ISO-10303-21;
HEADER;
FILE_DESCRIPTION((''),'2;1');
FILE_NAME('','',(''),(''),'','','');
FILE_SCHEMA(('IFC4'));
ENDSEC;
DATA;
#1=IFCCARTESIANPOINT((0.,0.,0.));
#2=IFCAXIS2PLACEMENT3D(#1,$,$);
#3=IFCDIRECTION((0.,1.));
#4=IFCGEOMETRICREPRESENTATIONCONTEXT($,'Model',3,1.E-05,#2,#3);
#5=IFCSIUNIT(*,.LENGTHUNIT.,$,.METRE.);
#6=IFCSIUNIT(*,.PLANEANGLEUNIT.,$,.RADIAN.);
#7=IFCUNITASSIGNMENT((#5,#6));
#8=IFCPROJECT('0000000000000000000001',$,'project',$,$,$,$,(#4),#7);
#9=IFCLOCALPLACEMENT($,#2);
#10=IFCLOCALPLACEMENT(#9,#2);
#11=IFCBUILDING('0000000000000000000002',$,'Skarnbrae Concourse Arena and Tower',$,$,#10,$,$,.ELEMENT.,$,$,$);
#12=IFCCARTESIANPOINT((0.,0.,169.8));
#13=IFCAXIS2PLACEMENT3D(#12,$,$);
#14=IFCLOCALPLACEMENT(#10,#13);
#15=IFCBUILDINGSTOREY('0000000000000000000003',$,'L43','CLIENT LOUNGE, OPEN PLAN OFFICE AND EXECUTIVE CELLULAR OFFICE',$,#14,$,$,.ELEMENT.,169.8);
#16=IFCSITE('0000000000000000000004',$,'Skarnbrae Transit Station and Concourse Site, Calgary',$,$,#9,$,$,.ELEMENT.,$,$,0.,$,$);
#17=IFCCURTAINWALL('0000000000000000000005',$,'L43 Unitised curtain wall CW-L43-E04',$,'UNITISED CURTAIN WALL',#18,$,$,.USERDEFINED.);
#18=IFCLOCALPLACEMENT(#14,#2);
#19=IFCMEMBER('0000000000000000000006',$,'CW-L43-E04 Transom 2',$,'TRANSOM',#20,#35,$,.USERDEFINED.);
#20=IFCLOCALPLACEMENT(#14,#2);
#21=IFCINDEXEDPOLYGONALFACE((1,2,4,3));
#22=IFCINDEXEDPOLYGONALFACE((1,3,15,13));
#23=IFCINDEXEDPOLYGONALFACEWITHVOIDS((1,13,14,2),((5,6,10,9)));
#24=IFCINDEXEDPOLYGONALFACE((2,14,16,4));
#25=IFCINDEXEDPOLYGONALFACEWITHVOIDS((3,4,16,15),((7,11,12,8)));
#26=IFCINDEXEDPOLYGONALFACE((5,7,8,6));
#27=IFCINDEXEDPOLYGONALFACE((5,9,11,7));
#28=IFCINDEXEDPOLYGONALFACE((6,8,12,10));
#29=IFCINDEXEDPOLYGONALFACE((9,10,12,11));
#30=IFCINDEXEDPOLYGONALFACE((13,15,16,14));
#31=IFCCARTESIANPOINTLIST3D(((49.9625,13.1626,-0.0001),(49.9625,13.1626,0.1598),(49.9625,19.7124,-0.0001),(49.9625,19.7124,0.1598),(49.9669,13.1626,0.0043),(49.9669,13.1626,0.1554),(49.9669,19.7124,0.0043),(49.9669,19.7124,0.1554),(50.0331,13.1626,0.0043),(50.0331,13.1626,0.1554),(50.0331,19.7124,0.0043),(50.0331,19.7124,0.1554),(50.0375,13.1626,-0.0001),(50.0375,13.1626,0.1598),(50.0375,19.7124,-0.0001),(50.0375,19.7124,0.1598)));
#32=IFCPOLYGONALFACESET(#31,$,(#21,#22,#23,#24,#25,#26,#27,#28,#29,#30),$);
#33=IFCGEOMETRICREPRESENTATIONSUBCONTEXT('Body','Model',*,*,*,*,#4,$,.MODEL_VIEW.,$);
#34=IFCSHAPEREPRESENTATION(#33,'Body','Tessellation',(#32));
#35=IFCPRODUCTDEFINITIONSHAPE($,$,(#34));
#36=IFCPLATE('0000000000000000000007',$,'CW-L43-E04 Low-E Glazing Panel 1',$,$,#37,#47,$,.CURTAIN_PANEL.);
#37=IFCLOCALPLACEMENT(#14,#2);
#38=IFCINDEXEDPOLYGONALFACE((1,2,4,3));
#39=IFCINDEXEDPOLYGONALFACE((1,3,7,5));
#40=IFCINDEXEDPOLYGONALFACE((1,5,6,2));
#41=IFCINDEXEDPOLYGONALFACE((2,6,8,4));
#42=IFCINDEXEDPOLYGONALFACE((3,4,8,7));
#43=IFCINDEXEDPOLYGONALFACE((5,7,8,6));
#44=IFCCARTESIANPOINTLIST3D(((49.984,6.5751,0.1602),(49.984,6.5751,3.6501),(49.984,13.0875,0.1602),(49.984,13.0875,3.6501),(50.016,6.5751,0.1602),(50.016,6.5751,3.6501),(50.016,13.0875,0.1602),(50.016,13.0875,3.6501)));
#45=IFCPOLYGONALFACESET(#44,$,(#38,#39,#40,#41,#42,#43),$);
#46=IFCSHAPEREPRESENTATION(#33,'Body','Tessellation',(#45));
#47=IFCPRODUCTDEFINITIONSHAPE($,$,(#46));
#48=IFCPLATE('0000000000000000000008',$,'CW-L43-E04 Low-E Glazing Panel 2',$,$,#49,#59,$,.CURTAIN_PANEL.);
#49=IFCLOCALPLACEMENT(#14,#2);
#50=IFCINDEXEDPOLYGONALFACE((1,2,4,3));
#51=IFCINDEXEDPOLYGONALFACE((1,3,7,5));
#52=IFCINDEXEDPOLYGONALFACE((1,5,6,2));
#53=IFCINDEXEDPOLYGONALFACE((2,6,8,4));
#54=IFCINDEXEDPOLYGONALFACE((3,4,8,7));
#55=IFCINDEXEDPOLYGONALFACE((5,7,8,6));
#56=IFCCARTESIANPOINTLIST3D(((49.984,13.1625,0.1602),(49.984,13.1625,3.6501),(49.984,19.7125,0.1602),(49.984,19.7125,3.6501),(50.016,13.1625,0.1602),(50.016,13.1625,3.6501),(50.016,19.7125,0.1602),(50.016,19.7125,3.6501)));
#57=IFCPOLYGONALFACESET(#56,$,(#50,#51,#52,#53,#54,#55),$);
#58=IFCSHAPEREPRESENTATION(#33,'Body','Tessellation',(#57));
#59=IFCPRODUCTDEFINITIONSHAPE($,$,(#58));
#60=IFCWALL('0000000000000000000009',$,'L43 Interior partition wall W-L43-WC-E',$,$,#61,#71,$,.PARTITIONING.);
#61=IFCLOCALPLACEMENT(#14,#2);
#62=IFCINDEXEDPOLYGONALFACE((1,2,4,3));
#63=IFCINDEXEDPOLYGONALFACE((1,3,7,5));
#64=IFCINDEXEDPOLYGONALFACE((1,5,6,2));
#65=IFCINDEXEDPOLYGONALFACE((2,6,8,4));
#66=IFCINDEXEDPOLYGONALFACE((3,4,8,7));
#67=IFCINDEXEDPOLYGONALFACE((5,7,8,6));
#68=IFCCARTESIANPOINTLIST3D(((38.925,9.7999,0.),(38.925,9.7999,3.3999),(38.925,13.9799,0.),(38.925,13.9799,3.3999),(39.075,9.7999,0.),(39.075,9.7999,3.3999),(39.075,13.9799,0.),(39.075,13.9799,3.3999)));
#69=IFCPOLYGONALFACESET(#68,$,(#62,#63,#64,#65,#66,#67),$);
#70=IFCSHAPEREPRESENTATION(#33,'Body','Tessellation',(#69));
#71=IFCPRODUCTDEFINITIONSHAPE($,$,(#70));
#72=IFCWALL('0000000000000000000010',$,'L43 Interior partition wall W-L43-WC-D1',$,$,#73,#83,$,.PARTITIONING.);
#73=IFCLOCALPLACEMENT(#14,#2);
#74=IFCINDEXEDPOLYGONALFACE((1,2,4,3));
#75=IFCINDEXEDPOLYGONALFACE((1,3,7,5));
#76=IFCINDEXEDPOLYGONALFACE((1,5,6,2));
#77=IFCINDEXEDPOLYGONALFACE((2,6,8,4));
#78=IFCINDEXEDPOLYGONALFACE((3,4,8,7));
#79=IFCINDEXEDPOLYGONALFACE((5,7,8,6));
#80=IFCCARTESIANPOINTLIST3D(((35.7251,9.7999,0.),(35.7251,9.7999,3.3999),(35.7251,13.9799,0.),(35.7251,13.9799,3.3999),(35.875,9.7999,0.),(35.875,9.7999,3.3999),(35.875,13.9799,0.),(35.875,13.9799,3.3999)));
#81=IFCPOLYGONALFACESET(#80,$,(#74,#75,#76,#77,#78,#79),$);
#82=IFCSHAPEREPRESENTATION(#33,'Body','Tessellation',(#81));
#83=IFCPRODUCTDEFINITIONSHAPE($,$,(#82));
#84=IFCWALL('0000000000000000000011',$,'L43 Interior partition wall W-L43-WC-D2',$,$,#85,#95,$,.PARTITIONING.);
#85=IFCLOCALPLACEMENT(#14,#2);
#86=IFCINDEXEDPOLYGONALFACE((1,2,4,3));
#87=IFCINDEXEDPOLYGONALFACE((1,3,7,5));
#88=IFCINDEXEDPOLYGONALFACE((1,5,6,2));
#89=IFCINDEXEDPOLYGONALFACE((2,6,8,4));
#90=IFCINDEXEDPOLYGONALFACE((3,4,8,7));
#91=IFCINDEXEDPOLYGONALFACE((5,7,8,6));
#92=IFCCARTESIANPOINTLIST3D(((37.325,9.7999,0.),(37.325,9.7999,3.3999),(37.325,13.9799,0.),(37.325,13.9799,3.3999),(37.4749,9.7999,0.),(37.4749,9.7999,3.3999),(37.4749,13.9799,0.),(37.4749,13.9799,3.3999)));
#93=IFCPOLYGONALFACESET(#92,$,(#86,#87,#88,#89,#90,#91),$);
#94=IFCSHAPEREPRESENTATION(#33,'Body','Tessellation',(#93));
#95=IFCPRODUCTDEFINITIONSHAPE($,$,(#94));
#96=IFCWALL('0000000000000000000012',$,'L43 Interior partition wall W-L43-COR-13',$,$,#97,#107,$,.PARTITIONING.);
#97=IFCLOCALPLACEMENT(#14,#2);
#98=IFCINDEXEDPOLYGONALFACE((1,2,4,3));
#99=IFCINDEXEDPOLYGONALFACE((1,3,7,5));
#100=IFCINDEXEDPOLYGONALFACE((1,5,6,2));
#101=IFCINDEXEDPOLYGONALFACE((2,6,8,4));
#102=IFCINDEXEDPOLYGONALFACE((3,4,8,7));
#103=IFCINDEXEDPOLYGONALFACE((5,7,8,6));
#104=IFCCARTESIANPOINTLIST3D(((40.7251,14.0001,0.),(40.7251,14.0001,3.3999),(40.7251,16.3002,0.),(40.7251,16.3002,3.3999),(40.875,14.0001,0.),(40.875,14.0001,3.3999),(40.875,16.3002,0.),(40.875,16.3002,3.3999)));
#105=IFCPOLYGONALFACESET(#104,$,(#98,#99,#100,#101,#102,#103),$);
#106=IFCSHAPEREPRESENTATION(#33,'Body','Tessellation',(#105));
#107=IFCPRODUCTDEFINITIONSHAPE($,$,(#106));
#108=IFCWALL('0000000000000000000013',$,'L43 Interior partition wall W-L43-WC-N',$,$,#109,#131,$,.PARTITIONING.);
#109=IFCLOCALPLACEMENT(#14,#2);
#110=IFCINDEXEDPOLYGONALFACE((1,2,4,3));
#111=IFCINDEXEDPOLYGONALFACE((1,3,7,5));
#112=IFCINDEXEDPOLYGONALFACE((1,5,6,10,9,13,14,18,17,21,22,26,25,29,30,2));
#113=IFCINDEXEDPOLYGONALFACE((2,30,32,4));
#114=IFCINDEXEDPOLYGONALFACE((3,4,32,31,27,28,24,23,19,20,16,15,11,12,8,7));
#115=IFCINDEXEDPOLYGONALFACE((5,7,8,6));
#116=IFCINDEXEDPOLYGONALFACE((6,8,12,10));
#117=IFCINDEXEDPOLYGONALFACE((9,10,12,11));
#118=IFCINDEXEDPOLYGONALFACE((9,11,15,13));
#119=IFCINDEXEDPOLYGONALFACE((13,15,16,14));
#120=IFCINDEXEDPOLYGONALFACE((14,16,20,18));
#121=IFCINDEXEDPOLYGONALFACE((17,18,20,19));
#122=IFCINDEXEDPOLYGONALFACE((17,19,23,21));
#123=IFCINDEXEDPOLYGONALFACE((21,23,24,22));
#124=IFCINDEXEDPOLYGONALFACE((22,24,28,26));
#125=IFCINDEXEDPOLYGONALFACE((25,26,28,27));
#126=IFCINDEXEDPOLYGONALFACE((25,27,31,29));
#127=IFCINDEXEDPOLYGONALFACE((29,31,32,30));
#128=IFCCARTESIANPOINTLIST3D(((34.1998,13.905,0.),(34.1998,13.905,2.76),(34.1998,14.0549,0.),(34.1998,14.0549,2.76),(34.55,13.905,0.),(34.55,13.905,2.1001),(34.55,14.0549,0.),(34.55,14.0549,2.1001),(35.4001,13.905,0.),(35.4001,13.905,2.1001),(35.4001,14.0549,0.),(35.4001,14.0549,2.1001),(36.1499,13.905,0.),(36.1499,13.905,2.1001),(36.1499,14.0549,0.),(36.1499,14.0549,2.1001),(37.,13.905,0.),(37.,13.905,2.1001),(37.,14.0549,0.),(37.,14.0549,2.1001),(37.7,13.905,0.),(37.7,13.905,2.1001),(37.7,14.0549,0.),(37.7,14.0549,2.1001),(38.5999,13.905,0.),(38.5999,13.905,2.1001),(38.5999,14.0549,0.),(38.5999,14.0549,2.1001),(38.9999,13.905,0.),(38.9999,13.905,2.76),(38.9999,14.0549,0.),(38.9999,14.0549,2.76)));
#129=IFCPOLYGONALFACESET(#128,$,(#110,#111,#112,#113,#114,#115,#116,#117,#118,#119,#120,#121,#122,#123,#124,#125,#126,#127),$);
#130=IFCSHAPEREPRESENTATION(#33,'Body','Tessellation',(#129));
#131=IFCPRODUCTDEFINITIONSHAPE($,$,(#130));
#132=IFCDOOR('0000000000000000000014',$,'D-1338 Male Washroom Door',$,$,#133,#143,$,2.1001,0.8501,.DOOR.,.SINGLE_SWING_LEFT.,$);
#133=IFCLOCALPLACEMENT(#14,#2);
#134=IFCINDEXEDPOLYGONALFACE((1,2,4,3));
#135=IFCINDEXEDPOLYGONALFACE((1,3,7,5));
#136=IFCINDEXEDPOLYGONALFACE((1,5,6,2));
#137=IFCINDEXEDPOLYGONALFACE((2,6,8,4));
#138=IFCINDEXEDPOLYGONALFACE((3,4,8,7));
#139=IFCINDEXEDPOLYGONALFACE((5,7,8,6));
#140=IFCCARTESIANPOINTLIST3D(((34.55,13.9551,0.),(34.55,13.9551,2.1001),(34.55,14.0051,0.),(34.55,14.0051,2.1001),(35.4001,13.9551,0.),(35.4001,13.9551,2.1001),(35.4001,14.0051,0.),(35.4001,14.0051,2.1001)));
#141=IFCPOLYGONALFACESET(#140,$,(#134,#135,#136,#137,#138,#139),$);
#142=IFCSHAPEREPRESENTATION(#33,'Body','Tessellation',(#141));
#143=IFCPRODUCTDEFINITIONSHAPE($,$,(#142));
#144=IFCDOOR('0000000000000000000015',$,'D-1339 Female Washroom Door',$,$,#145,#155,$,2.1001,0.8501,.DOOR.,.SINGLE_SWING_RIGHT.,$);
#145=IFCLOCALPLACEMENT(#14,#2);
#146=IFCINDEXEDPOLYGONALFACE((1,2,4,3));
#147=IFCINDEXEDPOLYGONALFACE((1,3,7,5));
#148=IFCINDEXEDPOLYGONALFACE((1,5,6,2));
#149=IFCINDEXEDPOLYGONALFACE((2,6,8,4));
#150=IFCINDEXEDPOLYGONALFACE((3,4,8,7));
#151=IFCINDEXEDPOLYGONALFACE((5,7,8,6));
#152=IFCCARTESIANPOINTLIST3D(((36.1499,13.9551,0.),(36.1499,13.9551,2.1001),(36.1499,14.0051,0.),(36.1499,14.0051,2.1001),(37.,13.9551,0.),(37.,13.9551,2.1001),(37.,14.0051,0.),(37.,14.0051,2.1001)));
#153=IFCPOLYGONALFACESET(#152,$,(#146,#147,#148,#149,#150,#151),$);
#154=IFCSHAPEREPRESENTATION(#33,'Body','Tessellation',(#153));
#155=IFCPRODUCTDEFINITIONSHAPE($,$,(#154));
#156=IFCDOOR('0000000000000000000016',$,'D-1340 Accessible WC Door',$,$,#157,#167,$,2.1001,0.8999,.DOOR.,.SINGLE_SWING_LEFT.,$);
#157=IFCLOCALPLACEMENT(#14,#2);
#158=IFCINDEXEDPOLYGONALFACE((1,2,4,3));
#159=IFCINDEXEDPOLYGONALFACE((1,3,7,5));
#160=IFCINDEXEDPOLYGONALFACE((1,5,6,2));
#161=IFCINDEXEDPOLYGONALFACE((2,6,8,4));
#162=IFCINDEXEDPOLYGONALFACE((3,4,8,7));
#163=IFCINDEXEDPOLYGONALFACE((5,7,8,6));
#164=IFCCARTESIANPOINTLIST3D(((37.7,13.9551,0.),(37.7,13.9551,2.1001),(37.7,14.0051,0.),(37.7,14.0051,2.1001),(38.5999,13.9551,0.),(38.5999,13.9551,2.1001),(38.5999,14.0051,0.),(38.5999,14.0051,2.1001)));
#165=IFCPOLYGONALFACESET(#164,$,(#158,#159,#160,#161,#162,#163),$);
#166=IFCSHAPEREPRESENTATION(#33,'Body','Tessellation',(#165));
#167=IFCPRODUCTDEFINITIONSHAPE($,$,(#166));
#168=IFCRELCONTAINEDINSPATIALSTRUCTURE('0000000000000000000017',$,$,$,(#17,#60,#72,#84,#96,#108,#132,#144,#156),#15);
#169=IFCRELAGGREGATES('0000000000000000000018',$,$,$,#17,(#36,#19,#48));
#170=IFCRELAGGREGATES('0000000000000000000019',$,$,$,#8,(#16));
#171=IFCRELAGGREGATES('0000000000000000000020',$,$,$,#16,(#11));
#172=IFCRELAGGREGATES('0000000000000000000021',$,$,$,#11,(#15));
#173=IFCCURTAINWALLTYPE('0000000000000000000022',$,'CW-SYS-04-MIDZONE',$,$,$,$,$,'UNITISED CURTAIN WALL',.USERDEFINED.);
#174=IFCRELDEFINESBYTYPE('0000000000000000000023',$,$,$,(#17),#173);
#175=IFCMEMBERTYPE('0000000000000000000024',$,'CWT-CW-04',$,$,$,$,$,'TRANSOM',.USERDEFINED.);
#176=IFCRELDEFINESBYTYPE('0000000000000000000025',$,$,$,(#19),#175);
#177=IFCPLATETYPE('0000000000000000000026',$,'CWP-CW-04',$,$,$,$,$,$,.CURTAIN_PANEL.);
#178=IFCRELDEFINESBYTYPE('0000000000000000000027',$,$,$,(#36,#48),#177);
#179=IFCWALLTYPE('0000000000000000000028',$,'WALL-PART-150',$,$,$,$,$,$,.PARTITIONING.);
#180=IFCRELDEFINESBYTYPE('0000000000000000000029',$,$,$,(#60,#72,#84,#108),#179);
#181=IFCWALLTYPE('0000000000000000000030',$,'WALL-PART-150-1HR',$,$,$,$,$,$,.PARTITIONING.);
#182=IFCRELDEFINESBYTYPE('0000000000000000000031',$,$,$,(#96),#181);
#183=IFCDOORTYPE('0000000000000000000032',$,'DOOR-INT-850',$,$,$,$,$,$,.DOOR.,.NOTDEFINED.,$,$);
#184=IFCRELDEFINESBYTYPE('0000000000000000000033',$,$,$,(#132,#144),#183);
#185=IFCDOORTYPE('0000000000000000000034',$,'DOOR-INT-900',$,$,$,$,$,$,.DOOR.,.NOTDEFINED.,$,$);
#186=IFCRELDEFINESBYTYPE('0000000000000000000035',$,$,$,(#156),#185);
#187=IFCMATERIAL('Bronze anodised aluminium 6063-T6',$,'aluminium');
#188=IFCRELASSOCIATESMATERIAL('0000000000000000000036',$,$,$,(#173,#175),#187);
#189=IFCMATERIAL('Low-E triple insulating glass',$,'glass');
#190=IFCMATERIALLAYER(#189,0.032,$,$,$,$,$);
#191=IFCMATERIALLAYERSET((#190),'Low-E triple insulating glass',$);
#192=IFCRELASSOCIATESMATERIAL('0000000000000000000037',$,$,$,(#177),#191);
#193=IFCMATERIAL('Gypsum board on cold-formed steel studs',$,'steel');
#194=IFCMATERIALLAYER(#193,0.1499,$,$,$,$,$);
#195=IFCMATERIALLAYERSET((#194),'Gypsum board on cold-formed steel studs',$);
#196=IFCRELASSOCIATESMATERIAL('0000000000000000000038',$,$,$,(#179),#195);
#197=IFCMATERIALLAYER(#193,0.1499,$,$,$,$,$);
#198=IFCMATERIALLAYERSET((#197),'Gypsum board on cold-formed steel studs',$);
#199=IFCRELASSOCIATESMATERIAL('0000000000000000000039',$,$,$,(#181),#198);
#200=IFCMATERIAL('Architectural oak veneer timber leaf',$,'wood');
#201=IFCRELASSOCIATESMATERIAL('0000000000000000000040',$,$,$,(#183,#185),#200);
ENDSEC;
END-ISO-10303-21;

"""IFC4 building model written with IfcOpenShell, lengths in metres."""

from ifc_helpers import new_model, si_unit, direction, frame, frame_2d, origin, origin_2d, place, context, subcontext, project, spatial, rectangle, hollow_rectangle, extrude, source, transform, mapped, material, layer, layer_set, material_profile, profile_set, type_object, element, fill, aggregate, save


model = new_model("IFC4")

# Units and contexts
model_context = context("Model", 3, precision=1e-05, world=origin(), true_north=direction((0.0, 1.0)))
body_context = subcontext(model_context, "Body", "Model", "MODEL_VIEW")
ifc_project = project(units=[si_unit("LENGTHUNIT", "METRE"), si_unit("PLANEANGLEUNIT", "RADIAN")], contexts=[model_context])

# Site, building, storey
site_placement = place(None, origin())
site = spatial("IfcSite", under=ifc_project, at=site_placement, Name="Skarnbrae Transit Station and Concourse Site, Calgary", CompositionType="ELEMENT", RefElevation=0.0)
building_placement = place(site_placement, origin())
building = spatial("IfcBuilding", under=site, at=building_placement, Name="Skarnbrae Concourse Arena and Tower", CompositionType="ELEMENT")
storey_placement = place(building_placement, frame((0.0, 0.0, 169.8)))
storey = spatial("IfcBuildingStorey", under=building, at=storey_placement, Name="L43", Description="CLIENT LOUNGE, OPEN PLAN OFFICE AND EXECUTIVE CELLULAR OFFICE", CompositionType="ELEMENT", Elevation=169.8)

# Curtain wall, member, plates
ifc_material_1 = material(Name="Bronze anodised aluminium 6063-T6", Category="aluminium")
curtain_wall_type = type_object("IfcCurtainWallType", Name="CW-SYS-04-MIDZONE", ElementType="UNITISED CURTAIN WALL", PredefinedType="USERDEFINED", material=ifc_material_1)
curtain_wall_placement = place(storey_placement, origin())
curtain_wall = element("IfcCurtainWall", 1, at=curtain_wall_placement, inside=storey, type_object=curtain_wall_type, Name="L43 Unitised curtain wall CW-L43-E04", ObjectType="UNITISED CURTAIN WALL", PredefinedType="USERDEFINED")
ifc_material_profile_1 = material_profile(ifc_material_1, hollow_rectangle(XDim=0.075, YDim=0.1599, WallThickness=0.0044, at=origin_2d()), Name="ALU-TRAN-75X160")
ifc_profile_set_1 = profile_set([ifc_material_profile_1], Name="Bronze anodised aluminium 6063-T6")
member_type_1 = type_object("IfcMemberType", Name="CWT-CW-04", ElementType="TRANSOM", PredefinedType="USERDEFINED", material=ifc_profile_set_1)
shared_shape_1 = source(origin(), body_context, "Body", "SweptSolid", [
    extrude(hollow_rectangle(XDim=0.075, YDim=0.1599, WallThickness=0.0044, at=origin_2d()), origin(), (0.0, 0.0, 1.0), 6.5498),
])
member_1_placement = place(storey_placement, frame((50.0, 13.1626, 0.0798), z_axis=(0.0, 1.0, 0.0), x_axis=(-1.0, 0.0, 0.0)))
member_1 = element("IfcMember", 2, at=member_1_placement, type_object=member_type_1, Name="CW-L43-E04 Transom 2", ObjectType="TRANSOM", PredefinedType="USERDEFINED", context=body_context, shape_type="MappedRepresentation", body=[
    mapped(shared_shape_1, transform((0.0, 0.0, 0.0))),
])
ifc_material_2 = material(Name="Low-E triple insulating glass", Category="glass")
ifc_layer_1 = layer(ifc_material_2, 0.032)
ifc_layer_set_1 = layer_set([ifc_layer_1], Name="Low-E triple insulating glass")
plate_type = type_object("IfcPlateType", Name="CWP-CW-04", PredefinedType="CURTAIN_PANEL", material=ifc_layer_set_1)
shared_shape_2 = source(origin(), body_context, "Body", "SweptSolid", [
    extrude(rectangle(XDim=6.5125, YDim=0.032, at=origin_2d()), origin(), (0.0, 0.0, 1.0), 3.49),
])
plate_1_placement = place(storey_placement, frame((50.0, 9.8313, 0.1602), z_axis=(0.0, 0.0, 1.0), x_axis=(0.0, 1.0, 0.0)))
plate_1 = element("IfcPlate", 3, at=plate_1_placement, type_object=plate_type, Name="CW-L43-E04 Low-E Glazing Panel 1", PredefinedType="CURTAIN_PANEL", context=body_context, shape_type="MappedRepresentation", body=[
    mapped(shared_shape_2, transform((0.0, 0.0, 0.0))),
])
shared_shape_3 = source(origin(), body_context, "Body", "SweptSolid", [
    extrude(rectangle(XDim=6.55, YDim=0.032, at=origin_2d()), origin(), (0.0, 0.0, 1.0), 3.49),
])
plate_2_placement = place(storey_placement, frame((50.0, 16.4375, 0.1602), z_axis=(0.0, 0.0, 1.0), x_axis=(0.0, 1.0, 0.0)))
plate_2 = element("IfcPlate", 4, at=plate_2_placement, type_object=plate_type, Name="CW-L43-E04 Low-E Glazing Panel 2", PredefinedType="CURTAIN_PANEL", context=body_context, shape_type="MappedRepresentation", body=[
    mapped(shared_shape_3, transform((0.0, 0.0, 0.0))),
])
aggregate(curtain_wall, [plate_1, member_1, plate_2])

# Walls
ifc_material_3 = material(Name="Gypsum board on cold-formed steel studs", Category="steel")
ifc_layer_2 = layer(ifc_material_3, 0.1499)
ifc_layer_set_2 = layer_set([ifc_layer_2], Name="Gypsum board on cold-formed steel studs")
wall_type_1 = type_object("IfcWallType", Name="WALL-PART-150", PredefinedType="PARTITIONING", material=ifc_layer_set_2)
shared_shape_4 = source(origin(), body_context, "Body", "SweptSolid", [
    extrude(rectangle(XDim=4.1799, YDim=0.1499, at=frame_2d((2.0898, 0.0))), origin(), (0.0, 0.0, 1.0), 3.3999),
])
for number, where, z_axis, x_axis, name in (
    (5, (39.0, 9.8, 0.0), (0.0, 0.0, 1.0), (0.0, 1.0, 0.0), "L43 Interior partition wall W-L43-WC-E"),
    (6, (35.8, 9.8, 0.0), (0.0, 0.0, 1.0), (0.0, 1.0, 0.0), "L43 Interior partition wall W-L43-WC-D1"),
    (7, (37.3999, 9.8, 0.0), (0.0, 0.0, 1.0), (0.0, 1.0, 0.0), "L43 Interior partition wall W-L43-WC-D2"),
):
    element("IfcWall", number, at=place(storey_placement, frame(where, z_axis=z_axis, x_axis=x_axis)), inside=storey, type_object=wall_type_1, Name=name, PredefinedType="PARTITIONING", context=body_context, shape_type="MappedRepresentation", body=[
        mapped(shared_shape_4, transform((0.0, 0.0, 0.0))),
    ])
ifc_layer_3 = layer(ifc_material_3, 0.1499)
ifc_layer_set_3 = layer_set([ifc_layer_3], Name="Gypsum board on cold-formed steel studs")
wall_type_2 = type_object("IfcWallType", Name="WALL-PART-150-1HR", PredefinedType="PARTITIONING", material=ifc_layer_set_3)
shared_shape_5 = source(origin(), body_context, "Body", "SweptSolid", [
    extrude(rectangle(XDim=2.3, YDim=0.1499, at=frame_2d((1.1499, 0.0))), origin(), (0.0, 0.0, 1.0), 3.3999),
])
wall_1_placement = place(storey_placement, frame((40.8, 16.3, 0.0), z_axis=(0.0, 0.0, 1.0), x_axis=(0.0, -1.0, 0.0)))
element("IfcWall", 8, at=wall_1_placement, inside=storey, type_object=wall_type_2, Name="L43 Interior partition wall W-L43-COR-13", PredefinedType="PARTITIONING", context=body_context, shape_type="MappedRepresentation", body=[
    mapped(shared_shape_5, transform((0.0, 0.0, 0.0))),
])

# Wall, openings, doors
shared_shape_6 = source(origin(), body_context, "Body", "SweptSolid", [
    extrude(rectangle(XDim=4.8, YDim=0.1499, at=frame_2d((2.3999, 0.0))), origin(), (0.0, 0.0, 1.0), 2.76),
])
wall_2_placement = place(storey_placement, frame((34.2, 13.98, 0.0), z_axis=(0.0, 0.0, 1.0), x_axis=(1.0, 0.0, 0.0)))
wall_2 = element("IfcWall", 9, at=wall_2_placement, inside=storey, type_object=wall_type_1, Name="L43 Interior partition wall W-L43-WC-N", PredefinedType="PARTITIONING", context=body_context, shape_type="MappedRepresentation", body=[
    mapped(shared_shape_6, transform((0.0, 0.0, 0.0))),
])
opening_1_placement = place(wall_2_placement, frame((0.3501, 0.0, 0.0)))
opening_1 = element("IfcOpeningElement", 10, at=opening_1_placement, cuts=wall_2, PredefinedType="OPENING", context=body_context, shape_type="SweptSolid", body=[
    extrude(rectangle(XDim=0.8501, YDim=2.1001, at=frame_2d((0.425, 1.05))), frame((0.0, 0.085, 0.0), z_axis=(0.0, -1.0, 0.0), x_axis=(1.0, 0.0, 0.0)), (0.0, 0.0, 1.0), 0.1699),
])
opening_2_placement = place(wall_2_placement, frame((1.95, 0.0, 0.0)))
opening_2 = element("IfcOpeningElement", 11, at=opening_2_placement, cuts=wall_2, PredefinedType="OPENING", context=body_context, shape_type="SweptSolid", body=[
    extrude(rectangle(XDim=0.8501, YDim=2.1001, at=frame_2d((0.425, 1.05))), frame((0.0, 0.085, 0.0), z_axis=(0.0, -1.0, 0.0), x_axis=(1.0, 0.0, 0.0)), (0.0, 0.0, 1.0), 0.1699),
])
opening_3_placement = place(wall_2_placement, frame((3.5, 0.0, 0.0)))
opening_3 = element("IfcOpeningElement", 12, at=opening_3_placement, cuts=wall_2, PredefinedType="OPENING", context=body_context, shape_type="SweptSolid", body=[
    extrude(rectangle(XDim=0.8999, YDim=2.1001, at=frame_2d((0.45, 1.05))), frame((0.0, 0.085, 0.0), z_axis=(0.0, -1.0, 0.0), x_axis=(1.0, 0.0, 0.0)), (0.0, 0.0, 1.0), 0.1699),
])
ifc_material_4 = material(Name="Architectural oak veneer timber leaf", Category="wood")
door_type_1 = type_object("IfcDoorType", Name="DOOR-INT-850", OperationType="NOTDEFINED", PredefinedType="DOOR", material=ifc_material_4)
shared_shape_7 = source(origin(), body_context, "Body", "SweptSolid", [
    extrude(rectangle(XDim=0.8501, YDim=2.1001, at=frame_2d((0.425, 1.05))), frame((0.0, 0.0249, 0.0), z_axis=(0.0, -1.0, 0.0), x_axis=(1.0, 0.0, 0.0)), (0.0, 0.0, 1.0), 0.05),
])
door_1_placement = place(opening_1_placement, frame((0.8501, 0.0, 0.0), z_axis=(0.0, 0.0, 1.0), x_axis=(-1.0, 0.0, 0.0)))
door_1 = element("IfcDoor", 13, at=door_1_placement, inside=storey, type_object=door_type_1, Name="D-1338 Male Washroom Door", OperationType="SINGLE_SWING_LEFT", OverallHeight=2.1001, OverallWidth=0.8501, PredefinedType="DOOR", context=body_context, shape_type="MappedRepresentation", body=[
    mapped(shared_shape_7, transform((0.0, 0.0, 0.0))),
])
fill(opening_1, door_1)
door_2_placement = place(opening_2_placement, frame((0.8501, 0.0, 0.0), z_axis=(0.0, 0.0, 1.0), x_axis=(-1.0, 0.0, 0.0)))
door_2 = element("IfcDoor", 14, at=door_2_placement, inside=storey, type_object=door_type_1, Name="D-1339 Female Washroom Door", OperationType="SINGLE_SWING_RIGHT", OverallHeight=2.1001, OverallWidth=0.8501, PredefinedType="DOOR", context=body_context, shape_type="MappedRepresentation", body=[
    mapped(shared_shape_7, transform((0.0, 0.0, 0.0))),
])
fill(opening_2, door_2)
door_type_2 = type_object("IfcDoorType", Name="DOOR-INT-900", OperationType="NOTDEFINED", PredefinedType="DOOR", material=ifc_material_4)
shared_shape_8 = source(origin(), body_context, "Body", "SweptSolid", [
    extrude(rectangle(XDim=0.8999, YDim=2.1001, at=frame_2d((0.45, 1.05))), frame((0.0, 0.0249, 0.0), z_axis=(0.0, -1.0, 0.0), x_axis=(1.0, 0.0, 0.0)), (0.0, 0.0, 1.0), 0.05),
])
door_3_placement = place(opening_3_placement, frame((0.8999, 0.0, 0.0), z_axis=(0.0, 0.0, 1.0), x_axis=(-1.0, 0.0, 0.0)))
door_3 = element("IfcDoor", 15, at=door_3_placement, inside=storey, type_object=door_type_2, Name="D-1340 Accessible WC Door", OperationType="SINGLE_SWING_LEFT", OverallHeight=2.1001, OverallWidth=0.8999, PredefinedType="DOOR", context=body_context, shape_type="MappedRepresentation", body=[
    mapped(shared_shape_8, transform((0.0, 0.0, 0.0))),
])
fill(opening_3, door_3)

save(model, "model.ifc")
